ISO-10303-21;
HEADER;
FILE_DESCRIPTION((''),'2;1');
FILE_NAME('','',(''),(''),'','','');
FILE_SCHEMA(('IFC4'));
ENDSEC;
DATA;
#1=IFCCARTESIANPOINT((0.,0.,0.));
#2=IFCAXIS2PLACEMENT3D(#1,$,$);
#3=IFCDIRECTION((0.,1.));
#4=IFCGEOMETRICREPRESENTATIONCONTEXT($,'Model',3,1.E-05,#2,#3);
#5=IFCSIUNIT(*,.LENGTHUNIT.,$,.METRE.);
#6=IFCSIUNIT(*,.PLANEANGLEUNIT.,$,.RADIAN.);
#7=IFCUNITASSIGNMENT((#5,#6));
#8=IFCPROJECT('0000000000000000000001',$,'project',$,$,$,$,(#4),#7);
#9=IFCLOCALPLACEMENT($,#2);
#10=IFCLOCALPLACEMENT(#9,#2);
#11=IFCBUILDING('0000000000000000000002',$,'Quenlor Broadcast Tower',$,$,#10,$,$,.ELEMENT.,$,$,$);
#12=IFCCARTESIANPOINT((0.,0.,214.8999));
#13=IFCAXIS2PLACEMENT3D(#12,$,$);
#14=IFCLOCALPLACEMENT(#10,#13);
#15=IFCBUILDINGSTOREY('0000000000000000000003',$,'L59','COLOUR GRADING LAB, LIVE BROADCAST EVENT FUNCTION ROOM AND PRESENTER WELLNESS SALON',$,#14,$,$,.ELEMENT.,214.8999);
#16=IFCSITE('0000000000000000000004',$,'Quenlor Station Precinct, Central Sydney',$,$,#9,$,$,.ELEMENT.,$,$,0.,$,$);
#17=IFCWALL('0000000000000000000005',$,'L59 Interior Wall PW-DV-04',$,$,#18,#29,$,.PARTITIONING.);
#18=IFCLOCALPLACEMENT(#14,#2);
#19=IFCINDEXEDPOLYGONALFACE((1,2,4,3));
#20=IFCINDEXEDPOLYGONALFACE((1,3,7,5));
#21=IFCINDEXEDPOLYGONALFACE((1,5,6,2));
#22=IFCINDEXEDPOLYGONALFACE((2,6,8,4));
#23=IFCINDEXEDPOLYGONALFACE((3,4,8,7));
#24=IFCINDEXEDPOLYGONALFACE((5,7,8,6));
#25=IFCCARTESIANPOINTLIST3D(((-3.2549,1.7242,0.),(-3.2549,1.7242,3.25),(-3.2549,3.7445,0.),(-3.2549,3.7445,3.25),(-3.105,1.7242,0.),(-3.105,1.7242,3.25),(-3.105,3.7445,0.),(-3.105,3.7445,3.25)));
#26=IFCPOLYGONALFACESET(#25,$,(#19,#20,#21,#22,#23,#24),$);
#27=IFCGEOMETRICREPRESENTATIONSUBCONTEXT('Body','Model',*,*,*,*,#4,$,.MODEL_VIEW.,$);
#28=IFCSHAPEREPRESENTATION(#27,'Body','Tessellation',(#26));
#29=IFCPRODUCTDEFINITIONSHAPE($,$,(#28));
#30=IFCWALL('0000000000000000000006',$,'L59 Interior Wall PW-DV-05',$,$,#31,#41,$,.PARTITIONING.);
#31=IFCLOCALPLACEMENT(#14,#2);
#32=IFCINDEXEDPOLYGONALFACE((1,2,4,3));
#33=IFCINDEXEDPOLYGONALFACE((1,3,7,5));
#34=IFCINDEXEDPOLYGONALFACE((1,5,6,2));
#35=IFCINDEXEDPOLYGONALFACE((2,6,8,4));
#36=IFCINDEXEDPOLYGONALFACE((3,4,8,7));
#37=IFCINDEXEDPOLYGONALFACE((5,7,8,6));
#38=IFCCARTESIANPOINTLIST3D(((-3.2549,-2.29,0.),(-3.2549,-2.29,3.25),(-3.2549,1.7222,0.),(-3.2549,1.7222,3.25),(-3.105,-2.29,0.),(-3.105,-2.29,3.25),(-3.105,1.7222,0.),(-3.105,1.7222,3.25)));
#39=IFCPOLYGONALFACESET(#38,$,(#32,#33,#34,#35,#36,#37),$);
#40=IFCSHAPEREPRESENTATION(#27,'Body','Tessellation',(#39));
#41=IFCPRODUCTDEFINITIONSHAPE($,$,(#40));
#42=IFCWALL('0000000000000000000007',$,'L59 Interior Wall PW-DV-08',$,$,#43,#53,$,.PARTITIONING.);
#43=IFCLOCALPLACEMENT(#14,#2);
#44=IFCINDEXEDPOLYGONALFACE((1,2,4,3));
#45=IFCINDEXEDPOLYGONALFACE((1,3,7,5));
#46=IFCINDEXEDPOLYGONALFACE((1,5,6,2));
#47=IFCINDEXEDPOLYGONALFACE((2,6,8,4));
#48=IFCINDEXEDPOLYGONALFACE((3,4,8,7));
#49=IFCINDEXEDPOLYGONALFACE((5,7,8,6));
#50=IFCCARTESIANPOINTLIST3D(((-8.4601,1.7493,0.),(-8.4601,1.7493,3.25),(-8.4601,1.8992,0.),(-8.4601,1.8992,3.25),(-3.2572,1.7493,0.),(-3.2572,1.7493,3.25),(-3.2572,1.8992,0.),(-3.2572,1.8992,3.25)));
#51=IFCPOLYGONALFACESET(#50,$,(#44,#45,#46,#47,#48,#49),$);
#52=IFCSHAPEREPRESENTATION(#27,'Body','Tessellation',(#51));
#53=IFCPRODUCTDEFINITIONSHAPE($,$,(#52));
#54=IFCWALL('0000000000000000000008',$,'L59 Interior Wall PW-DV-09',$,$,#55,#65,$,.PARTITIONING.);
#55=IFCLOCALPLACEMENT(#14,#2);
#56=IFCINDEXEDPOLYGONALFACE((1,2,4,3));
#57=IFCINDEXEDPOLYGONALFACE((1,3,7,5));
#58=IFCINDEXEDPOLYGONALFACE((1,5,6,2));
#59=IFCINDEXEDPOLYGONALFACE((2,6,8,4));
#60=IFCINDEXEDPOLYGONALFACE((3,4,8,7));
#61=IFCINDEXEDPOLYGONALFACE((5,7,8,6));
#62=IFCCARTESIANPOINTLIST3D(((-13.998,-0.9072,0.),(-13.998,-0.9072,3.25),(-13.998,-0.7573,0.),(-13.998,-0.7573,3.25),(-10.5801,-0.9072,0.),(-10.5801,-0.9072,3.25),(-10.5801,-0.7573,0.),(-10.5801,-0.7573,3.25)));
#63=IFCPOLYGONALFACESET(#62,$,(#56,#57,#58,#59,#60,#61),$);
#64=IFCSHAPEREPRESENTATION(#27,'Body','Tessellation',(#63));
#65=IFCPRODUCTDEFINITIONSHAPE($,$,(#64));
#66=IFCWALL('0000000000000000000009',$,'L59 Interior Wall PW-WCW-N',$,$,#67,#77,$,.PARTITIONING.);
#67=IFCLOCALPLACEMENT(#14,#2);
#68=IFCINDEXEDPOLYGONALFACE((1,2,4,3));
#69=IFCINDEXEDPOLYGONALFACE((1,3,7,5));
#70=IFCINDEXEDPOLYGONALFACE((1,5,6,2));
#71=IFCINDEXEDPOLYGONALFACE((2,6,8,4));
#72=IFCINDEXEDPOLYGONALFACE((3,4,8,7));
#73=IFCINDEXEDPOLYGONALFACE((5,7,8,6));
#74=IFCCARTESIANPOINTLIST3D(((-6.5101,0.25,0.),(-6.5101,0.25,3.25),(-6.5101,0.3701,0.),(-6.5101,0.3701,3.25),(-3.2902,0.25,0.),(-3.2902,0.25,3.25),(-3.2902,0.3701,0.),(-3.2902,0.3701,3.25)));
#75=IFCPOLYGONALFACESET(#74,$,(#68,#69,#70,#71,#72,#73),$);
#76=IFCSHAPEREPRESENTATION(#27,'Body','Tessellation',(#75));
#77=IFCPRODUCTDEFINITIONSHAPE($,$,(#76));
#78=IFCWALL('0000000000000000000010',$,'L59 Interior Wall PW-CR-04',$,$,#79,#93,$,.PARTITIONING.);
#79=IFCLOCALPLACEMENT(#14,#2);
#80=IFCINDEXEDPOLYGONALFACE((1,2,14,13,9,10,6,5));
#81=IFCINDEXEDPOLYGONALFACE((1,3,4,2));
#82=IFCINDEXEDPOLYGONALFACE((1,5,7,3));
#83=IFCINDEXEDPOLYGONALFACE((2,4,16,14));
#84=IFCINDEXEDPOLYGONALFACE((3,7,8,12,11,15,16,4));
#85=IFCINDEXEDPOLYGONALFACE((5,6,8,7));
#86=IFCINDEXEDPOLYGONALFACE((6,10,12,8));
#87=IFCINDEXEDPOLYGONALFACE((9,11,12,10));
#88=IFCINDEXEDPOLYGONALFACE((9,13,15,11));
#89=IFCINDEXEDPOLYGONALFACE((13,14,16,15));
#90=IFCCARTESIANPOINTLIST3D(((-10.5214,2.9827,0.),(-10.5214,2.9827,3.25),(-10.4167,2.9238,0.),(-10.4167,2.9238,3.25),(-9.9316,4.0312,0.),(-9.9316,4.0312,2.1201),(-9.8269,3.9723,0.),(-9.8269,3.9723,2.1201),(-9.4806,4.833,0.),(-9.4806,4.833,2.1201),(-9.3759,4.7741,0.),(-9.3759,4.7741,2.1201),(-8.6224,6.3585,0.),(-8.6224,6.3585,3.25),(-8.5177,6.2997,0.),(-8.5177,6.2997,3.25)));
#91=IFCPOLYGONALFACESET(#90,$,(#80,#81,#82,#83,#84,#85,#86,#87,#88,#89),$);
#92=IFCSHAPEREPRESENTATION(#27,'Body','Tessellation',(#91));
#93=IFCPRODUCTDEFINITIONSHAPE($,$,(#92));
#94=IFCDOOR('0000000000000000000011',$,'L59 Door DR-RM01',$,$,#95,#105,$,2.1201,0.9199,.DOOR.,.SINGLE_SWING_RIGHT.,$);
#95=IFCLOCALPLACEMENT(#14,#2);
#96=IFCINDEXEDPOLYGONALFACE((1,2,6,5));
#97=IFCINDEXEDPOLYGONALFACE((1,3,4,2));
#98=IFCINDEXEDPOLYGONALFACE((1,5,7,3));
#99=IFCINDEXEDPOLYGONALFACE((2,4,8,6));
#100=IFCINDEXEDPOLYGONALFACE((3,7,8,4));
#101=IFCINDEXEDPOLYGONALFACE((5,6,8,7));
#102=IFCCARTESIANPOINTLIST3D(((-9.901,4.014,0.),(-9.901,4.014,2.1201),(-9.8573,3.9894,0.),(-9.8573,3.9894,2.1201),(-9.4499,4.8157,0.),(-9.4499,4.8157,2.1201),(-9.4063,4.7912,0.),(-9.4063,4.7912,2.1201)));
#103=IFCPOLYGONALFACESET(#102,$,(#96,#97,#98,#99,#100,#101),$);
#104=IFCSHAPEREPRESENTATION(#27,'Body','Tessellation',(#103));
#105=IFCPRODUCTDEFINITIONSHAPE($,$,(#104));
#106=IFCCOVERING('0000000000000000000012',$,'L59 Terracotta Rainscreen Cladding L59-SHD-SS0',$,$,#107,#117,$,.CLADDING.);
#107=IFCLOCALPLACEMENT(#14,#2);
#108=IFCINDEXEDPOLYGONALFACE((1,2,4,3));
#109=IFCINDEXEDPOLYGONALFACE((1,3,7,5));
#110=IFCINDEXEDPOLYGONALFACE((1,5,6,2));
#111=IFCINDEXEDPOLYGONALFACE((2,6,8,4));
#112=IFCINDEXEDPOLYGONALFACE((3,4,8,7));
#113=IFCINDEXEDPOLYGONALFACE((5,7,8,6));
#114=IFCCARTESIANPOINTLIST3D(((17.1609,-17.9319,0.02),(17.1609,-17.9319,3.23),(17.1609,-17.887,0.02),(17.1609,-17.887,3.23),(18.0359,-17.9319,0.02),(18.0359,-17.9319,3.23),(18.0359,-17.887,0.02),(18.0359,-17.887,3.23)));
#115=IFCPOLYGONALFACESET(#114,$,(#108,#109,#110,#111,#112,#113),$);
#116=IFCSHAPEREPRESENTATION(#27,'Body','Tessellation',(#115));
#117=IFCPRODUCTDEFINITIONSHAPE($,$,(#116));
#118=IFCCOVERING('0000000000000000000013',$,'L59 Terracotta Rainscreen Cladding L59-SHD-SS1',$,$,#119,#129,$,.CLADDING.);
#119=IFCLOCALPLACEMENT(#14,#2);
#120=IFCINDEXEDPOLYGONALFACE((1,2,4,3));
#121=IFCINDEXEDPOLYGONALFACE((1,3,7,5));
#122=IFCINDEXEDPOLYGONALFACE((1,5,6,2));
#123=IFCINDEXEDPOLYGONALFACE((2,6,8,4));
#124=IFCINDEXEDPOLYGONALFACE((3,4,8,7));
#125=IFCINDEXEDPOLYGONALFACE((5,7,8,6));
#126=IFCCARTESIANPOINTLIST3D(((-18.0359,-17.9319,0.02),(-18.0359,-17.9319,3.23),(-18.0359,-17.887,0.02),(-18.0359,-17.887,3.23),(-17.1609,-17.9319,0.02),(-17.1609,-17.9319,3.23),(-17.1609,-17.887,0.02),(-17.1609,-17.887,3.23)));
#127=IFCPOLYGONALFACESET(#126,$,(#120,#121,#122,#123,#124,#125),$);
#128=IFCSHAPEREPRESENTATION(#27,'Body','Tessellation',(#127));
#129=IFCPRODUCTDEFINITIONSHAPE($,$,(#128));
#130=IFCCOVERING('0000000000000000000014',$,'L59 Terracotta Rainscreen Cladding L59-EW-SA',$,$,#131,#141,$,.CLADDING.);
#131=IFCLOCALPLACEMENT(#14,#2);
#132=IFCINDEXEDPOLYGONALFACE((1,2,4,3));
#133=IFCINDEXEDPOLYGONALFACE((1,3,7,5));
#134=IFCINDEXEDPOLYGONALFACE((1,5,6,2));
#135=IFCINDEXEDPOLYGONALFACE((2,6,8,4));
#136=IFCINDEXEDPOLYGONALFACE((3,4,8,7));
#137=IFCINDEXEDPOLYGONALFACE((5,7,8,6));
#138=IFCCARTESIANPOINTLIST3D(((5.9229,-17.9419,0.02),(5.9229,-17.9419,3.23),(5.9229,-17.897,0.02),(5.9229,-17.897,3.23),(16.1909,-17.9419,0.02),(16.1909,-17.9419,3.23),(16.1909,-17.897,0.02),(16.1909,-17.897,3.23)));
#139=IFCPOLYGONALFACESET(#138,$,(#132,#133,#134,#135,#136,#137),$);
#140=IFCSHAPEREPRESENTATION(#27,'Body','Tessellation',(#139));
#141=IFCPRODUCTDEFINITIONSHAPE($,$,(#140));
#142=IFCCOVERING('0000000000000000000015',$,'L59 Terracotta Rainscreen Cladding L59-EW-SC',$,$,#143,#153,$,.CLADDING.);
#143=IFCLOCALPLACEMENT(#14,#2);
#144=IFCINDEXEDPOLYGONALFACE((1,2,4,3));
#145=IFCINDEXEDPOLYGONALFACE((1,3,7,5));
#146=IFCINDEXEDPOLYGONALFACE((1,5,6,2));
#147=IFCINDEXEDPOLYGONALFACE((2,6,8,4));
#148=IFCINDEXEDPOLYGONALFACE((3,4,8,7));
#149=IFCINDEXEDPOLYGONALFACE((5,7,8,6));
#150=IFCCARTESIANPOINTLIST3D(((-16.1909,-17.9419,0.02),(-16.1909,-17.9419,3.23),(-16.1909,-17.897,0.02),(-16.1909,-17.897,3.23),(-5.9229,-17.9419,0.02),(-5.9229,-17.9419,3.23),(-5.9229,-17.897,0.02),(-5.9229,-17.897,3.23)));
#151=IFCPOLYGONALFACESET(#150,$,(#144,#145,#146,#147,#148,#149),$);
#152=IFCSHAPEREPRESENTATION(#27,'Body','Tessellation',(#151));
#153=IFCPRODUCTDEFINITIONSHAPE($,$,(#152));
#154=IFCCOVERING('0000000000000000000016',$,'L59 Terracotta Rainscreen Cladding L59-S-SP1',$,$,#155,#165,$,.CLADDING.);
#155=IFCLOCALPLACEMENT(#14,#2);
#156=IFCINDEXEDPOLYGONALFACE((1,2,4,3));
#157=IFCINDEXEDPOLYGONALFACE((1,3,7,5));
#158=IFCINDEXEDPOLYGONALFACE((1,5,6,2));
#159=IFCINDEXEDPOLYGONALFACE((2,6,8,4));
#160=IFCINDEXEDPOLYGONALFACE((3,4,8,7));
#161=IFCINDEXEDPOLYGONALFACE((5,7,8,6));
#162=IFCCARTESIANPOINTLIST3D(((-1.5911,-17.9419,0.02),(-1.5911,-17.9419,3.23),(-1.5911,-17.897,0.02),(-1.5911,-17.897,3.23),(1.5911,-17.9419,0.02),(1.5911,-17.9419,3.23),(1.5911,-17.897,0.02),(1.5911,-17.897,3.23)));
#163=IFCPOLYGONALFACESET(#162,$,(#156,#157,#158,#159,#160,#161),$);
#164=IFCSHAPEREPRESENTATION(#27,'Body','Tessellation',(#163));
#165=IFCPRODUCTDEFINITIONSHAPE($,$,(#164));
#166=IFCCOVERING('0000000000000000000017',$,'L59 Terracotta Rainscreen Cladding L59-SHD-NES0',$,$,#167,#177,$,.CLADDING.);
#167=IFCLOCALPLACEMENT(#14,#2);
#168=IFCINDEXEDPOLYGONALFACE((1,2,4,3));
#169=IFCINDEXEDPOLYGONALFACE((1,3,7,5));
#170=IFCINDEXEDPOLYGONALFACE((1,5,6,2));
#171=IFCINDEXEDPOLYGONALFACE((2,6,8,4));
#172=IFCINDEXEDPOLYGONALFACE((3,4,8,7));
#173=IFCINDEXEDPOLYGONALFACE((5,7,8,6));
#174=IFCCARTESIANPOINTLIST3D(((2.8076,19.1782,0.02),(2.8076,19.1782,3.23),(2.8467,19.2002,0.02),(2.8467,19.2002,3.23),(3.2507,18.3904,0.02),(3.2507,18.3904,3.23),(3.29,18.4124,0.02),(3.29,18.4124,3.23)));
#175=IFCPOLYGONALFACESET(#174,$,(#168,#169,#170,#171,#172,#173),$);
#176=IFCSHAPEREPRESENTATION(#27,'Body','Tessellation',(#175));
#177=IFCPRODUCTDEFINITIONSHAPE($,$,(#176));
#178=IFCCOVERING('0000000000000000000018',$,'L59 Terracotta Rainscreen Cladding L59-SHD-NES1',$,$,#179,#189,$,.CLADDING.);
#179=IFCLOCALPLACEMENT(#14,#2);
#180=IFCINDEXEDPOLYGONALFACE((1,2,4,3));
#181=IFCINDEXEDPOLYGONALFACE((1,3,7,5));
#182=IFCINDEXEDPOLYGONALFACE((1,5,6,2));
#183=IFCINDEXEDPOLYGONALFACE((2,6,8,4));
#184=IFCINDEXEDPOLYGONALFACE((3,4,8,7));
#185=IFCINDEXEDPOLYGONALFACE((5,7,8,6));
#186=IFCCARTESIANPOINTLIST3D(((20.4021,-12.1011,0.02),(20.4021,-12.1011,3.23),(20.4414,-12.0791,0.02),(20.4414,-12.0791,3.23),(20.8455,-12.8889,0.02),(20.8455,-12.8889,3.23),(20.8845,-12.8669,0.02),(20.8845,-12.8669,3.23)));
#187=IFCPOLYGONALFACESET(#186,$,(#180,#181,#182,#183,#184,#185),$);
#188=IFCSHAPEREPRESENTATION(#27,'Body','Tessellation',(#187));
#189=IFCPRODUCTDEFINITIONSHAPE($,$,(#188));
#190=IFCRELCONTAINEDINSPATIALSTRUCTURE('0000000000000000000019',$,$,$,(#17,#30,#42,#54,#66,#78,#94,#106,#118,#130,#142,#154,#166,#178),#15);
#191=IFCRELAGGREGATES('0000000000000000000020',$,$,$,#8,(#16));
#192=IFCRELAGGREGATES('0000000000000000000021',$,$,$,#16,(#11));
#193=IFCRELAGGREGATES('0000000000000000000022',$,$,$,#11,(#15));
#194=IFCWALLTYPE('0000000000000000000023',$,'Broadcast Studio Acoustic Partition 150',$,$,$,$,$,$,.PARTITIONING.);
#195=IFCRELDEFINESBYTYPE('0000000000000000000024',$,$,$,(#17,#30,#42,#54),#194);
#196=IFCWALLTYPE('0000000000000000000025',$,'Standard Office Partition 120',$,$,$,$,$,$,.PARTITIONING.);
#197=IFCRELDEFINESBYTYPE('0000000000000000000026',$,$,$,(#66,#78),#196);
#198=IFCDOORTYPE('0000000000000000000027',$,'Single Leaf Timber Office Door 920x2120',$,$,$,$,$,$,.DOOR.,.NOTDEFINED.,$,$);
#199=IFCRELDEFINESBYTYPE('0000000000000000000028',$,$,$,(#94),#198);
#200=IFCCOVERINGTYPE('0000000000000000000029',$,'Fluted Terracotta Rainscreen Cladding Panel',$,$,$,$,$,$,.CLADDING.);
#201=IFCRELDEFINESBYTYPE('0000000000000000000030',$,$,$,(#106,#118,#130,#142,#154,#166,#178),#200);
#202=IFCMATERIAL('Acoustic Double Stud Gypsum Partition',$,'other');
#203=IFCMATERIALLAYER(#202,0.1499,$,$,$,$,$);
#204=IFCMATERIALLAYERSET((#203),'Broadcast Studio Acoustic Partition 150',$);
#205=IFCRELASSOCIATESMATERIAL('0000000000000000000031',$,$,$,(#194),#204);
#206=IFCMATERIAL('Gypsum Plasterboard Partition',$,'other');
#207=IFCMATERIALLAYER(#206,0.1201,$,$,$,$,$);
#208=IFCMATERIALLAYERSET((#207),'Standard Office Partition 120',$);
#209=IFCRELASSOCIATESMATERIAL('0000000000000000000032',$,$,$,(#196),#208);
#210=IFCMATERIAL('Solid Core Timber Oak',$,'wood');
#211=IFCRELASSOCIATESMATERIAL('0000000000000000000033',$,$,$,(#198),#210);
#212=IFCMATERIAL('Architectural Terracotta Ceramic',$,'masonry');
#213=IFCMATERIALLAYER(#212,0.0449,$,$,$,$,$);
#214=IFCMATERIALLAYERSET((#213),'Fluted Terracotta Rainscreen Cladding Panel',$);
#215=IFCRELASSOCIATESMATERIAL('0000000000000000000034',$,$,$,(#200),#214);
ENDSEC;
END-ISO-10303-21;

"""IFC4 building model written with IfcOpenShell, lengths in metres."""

from ifc_helpers import new_model, si_unit, direction, frame, frame_2d, origin, place, context, subcontext, project, spatial, polyline, rectangle, outline, extrude, material, layer, layer_set, type_object, element, fill, save


model = new_model("IFC4")

# Units and contexts
model_context = context("Model", 3, precision=1e-05, world=origin(), true_north=direction((0.0, 1.0)))
body_context = subcontext(model_context, "Body", "Model", "MODEL_VIEW")
ifc_project = project(units=[si_unit("LENGTHUNIT", "METRE"), si_unit("PLANEANGLEUNIT", "RADIAN")], contexts=[model_context])

# Site, building, storey
site_placement = place(None, origin())
site = spatial("IfcSite", under=ifc_project, at=site_placement, Name="Quenlor Station Precinct, Central Sydney", CompositionType="ELEMENT", RefElevation=0.0)
building_placement = place(site_placement, origin())
building = spatial("IfcBuilding", under=site, at=building_placement, Name="Quenlor Broadcast Tower", CompositionType="ELEMENT")
storey_placement = place(building_placement, frame((0.0, 0.0, 214.8999)))
storey = spatial("IfcBuildingStorey", under=building, at=storey_placement, Name="L59", Description="COLOUR GRADING LAB, LIVE BROADCAST EVENT FUNCTION ROOM AND PRESENTER WELLNESS SALON", CompositionType="ELEMENT", Elevation=214.8999)

# Walls
ifc_material_1 = material(Name="Acoustic Double Stud Gypsum Partition", Category="other")
ifc_layer_1 = layer(ifc_material_1, 0.1499)
ifc_layer_set_1 = layer_set([ifc_layer_1], Name="Broadcast Studio Acoustic Partition 150")
wall_type_1 = type_object("IfcWallType", Name="Broadcast Studio Acoustic Partition 150", PredefinedType="PARTITIONING", material=ifc_layer_set_1)
wall_1_placement = place(storey_placement, frame((-3.1799, 1.7241, 0.0), z_axis=(0.0, 0.0, 1.0), x_axis=(0.0, 1.0, 0.0)))
element("IfcWall", 1, at=wall_1_placement, inside=storey, type_object=wall_type_1, Name="L59 Interior Wall PW-DV-04", PredefinedType="PARTITIONING", context=body_context, shape_type="SweptSolid", body=[
    extrude(rectangle(XDim=2.0203, YDim=0.1499, at=frame_2d((1.0103, 0.0))), origin(), (0.0, 0.0, 1.0), 3.25),
])
wall_2_placement = place(storey_placement, frame((-3.1799, -2.29, 0.0), z_axis=(0.0, 0.0, 1.0), x_axis=(0.0, 1.0, 0.0)))
element("IfcWall", 2, at=wall_2_placement, inside=storey, type_object=wall_type_1, Name="L59 Interior Wall PW-DV-05", PredefinedType="PARTITIONING", context=body_context, shape_type="SweptSolid", body=[
    extrude(rectangle(XDim=4.0122, YDim=0.1499, at=frame_2d((2.0061, 0.0))), origin(), (0.0, 0.0, 1.0), 3.25),
])
wall_3_placement = place(storey_placement, frame((-3.2571, 1.8242, 0.0), z_axis=(0.0, 0.0, 1.0), x_axis=(-1.0, 0.0, 0.0)))
element("IfcWall", 3, at=wall_3_placement, inside=storey, type_object=wall_type_1, Name="L59 Interior Wall PW-DV-08", PredefinedType="PARTITIONING", context=body_context, shape_type="SweptSolid", body=[
    extrude(rectangle(XDim=5.2029, YDim=0.1499, at=frame_2d((2.6016, 0.0))), origin(), (0.0, 0.0, 1.0), 3.25),
])
wall_4_placement = place(storey_placement, frame((-10.5801, -0.8323, 0.0), z_axis=(0.0, 0.0, 1.0), x_axis=(-1.0, 0.0, 0.0)))
element("IfcWall", 4, at=wall_4_placement, inside=storey, type_object=wall_type_1, Name="L59 Interior Wall PW-DV-09", PredefinedType="PARTITIONING", context=body_context, shape_type="SweptSolid", body=[
    extrude(rectangle(XDim=3.418, YDim=0.1499, at=frame_2d((1.709, 0.0))), origin(), (0.0, 0.0, 1.0), 3.25),
])
ifc_material_2 = material(Name="Gypsum Plasterboard Partition", Category="other")
ifc_layer_2 = layer(ifc_material_2, 0.1201)
ifc_layer_set_2 = layer_set([ifc_layer_2], Name="Standard Office Partition 120")
wall_type_2 = type_object("IfcWallType", Name="Standard Office Partition 120", PredefinedType="PARTITIONING", material=ifc_layer_set_2)
wall_5_placement = place(storey_placement, frame((-6.51, 0.3101, 0.0), z_axis=(0.0, 0.0, 1.0), x_axis=(1.0, 0.0, 0.0)))
element("IfcWall", 5, at=wall_5_placement, inside=storey, type_object=wall_type_2, Name="L59 Interior Wall PW-WCW-N", PredefinedType="PARTITIONING", context=body_context, shape_type="SweptSolid", body=[
    extrude(rectangle(XDim=3.22, YDim=0.1201, at=frame_2d((1.6099, 0.0))), origin(), (0.0, 0.0, 1.0), 3.25),
])

# Wall, opening, door
wall_6_placement = place(storey_placement, frame((-10.469, 2.9534, 0.0), z_axis=(0.0, 0.0, 1.0), x_axis=(0.490276, 0.871567, 0.0)))
wall_6 = element("IfcWall", 6, at=wall_6_placement, inside=storey, type_object=wall_type_2, Name="L59 Interior Wall PW-CR-04", PredefinedType="PARTITIONING", context=body_context, shape_type="SweptSolid", body=[
    extrude(rectangle(XDim=3.8733, YDim=0.1201, at=frame_2d((1.9365, 0.0))), origin(), (0.0, 0.0, 1.0), 3.25),
])
opening_placement = place(wall_6_placement, frame((1.2029, 0.0, 0.0)))
opening = element("IfcOpeningElement", 7, at=opening_placement, cuts=wall_6, PredefinedType="OPENING", context=body_context, shape_type="SweptSolid", body=[
    extrude(rectangle(XDim=0.9199, YDim=2.1201, at=frame_2d((0.46, 1.0601))), frame((0.0, 0.0701, 0.0), z_axis=(0.0, -1.0, 0.0), x_axis=(1.0, 0.0, 0.0)), (0.0, 0.0, 1.0), 0.1401),
])
ifc_material_3 = material(Name="Solid Core Timber Oak", Category="wood")
door_type = type_object("IfcDoorType", Name="Single Leaf Timber Office Door 920x2120", OperationType="NOTDEFINED", PredefinedType="DOOR", material=ifc_material_3)
door_placement = place(opening_placement, origin())
door = element("IfcDoor", 8, at=door_placement, inside=storey, type_object=door_type, Name="L59 Door DR-RM01", OperationType="SINGLE_SWING_RIGHT", OverallHeight=2.1201, OverallWidth=0.9199, PredefinedType="DOOR", context=body_context, shape_type="SweptSolid", body=[
    extrude(rectangle(XDim=0.9199, YDim=2.1201, at=frame_2d((0.46, 1.0601))), frame((0.0, 0.0249, 0.0), z_axis=(0.0, -1.0, 0.0), x_axis=(1.0, 0.0, 0.0)), (0.0, 0.0, 1.0), 0.05),
])
fill(opening, door)

# Coverings
ifc_material_4 = material(Name="Architectural Terracotta Ceramic", Category="masonry")
ifc_layer_3 = layer(ifc_material_4, 0.0449)
ifc_layer_set_3 = layer_set([ifc_layer_3], Name="Fluted Terracotta Rainscreen Cladding Panel")
covering_type = type_object("IfcCoveringType", Name="Fluted Terracotta Rainscreen Cladding Panel", PredefinedType="CLADDING", material=ifc_layer_set_3)
covering_1_placement = place(storey_placement, frame((0.0, 0.0, 0.02)))
element("IfcCovering", 9, at=covering_1_placement, inside=storey, type_object=covering_type, Name="L59 Terracotta Rainscreen Cladding L59-SHD-SS0", PredefinedType="CLADDING", context=body_context, shape_type="SweptSolid", body=[
    extrude(outline(polyline([(18.0359, -17.887), (17.1609, -17.887), (17.1609, -17.9319), (18.0359, -17.9319), (18.0359, -17.887)])), origin(), (0.0, 0.0, 1.0), 3.21),
])
covering_2_placement = place(storey_placement, frame((0.0, 0.0, 0.02)))
element("IfcCovering", 10, at=covering_2_placement, inside=storey, type_object=covering_type, Name="L59 Terracotta Rainscreen Cladding L59-SHD-SS1", PredefinedType="CLADDING", context=body_context, shape_type="SweptSolid", body=[
    extrude(outline(polyline([(-17.1609, -17.887), (-18.0359, -17.887), (-18.0359, -17.9319), (-17.1609, -17.9319), (-17.1609, -17.887)])), origin(), (0.0, 0.0, 1.0), 3.21),
])
covering_3_placement = place(storey_placement, frame((0.0, 0.0, 0.02)))
element("IfcCovering", 11, at=covering_3_placement, inside=storey, type_object=covering_type, Name="L59 Terracotta Rainscreen Cladding L59-EW-SA", PredefinedType="CLADDING", context=body_context, shape_type="SweptSolid", body=[
    extrude(outline(polyline([(16.1909, -17.897), (5.9229, -17.897), (5.9229, -17.9419), (16.1909, -17.9419), (16.1909, -17.897)])), origin(), (0.0, 0.0, 1.0), 3.21),
])
covering_4_placement = place(storey_placement, frame((0.0, 0.0, 0.02)))
element("IfcCovering", 12, at=covering_4_placement, inside=storey, type_object=covering_type, Name="L59 Terracotta Rainscreen Cladding L59-EW-SC", PredefinedType="CLADDING", context=body_context, shape_type="SweptSolid", body=[
    extrude(outline(polyline([(-5.9229, -17.897), (-16.1909, -17.897), (-16.1909, -17.9419), (-5.9229, -17.9419), (-5.9229, -17.897)])), origin(), (0.0, 0.0, 1.0), 3.21),
])
covering_5_placement = place(storey_placement, frame((0.0, 0.0, 0.02)))
element("IfcCovering", 13, at=covering_5_placement, inside=storey, type_object=covering_type, Name="L59 Terracotta Rainscreen Cladding L59-S-SP1", PredefinedType="CLADDING", context=body_context, shape_type="SweptSolid", body=[
    extrude(outline(polyline([(1.5911, -17.897), (-1.5911, -17.897), (-1.5911, -17.9419), (1.5911, -17.9419), (1.5911, -17.897)])), origin(), (0.0, 0.0, 1.0), 3.21),
])
covering_6_placement = place(storey_placement, frame((0.0, 0.0, 0.02)))
element("IfcCovering", 14, at=covering_6_placement, inside=storey, type_object=covering_type, Name="L59 Terracotta Rainscreen Cladding L59-SHD-NES0", PredefinedType="CLADDING", context=body_context, shape_type="SweptSolid", body=[
    extrude(outline(polyline([(2.8076, 19.1782), (3.2507, 18.3904), (3.29, 18.4124), (2.8467, 19.2002), (2.8076, 19.1782)])), origin(), (0.0, 0.0, 1.0), 3.21),
])
covering_7_placement = place(storey_placement, frame((0.0, 0.0, 0.02)))
element("IfcCovering", 15, at=covering_7_placement, inside=storey, type_object=covering_type, Name="L59 Terracotta Rainscreen Cladding L59-SHD-NES1", PredefinedType="CLADDING", context=body_context, shape_type="SweptSolid", body=[
    extrude(outline(polyline([(20.4021, -12.1011), (20.8455, -12.8889), (20.8845, -12.8669), (20.4414, -12.0791), (20.4021, -12.1011)])), origin(), (0.0, 0.0, 1.0), 3.21),
])

save(model, "model.ifc")
